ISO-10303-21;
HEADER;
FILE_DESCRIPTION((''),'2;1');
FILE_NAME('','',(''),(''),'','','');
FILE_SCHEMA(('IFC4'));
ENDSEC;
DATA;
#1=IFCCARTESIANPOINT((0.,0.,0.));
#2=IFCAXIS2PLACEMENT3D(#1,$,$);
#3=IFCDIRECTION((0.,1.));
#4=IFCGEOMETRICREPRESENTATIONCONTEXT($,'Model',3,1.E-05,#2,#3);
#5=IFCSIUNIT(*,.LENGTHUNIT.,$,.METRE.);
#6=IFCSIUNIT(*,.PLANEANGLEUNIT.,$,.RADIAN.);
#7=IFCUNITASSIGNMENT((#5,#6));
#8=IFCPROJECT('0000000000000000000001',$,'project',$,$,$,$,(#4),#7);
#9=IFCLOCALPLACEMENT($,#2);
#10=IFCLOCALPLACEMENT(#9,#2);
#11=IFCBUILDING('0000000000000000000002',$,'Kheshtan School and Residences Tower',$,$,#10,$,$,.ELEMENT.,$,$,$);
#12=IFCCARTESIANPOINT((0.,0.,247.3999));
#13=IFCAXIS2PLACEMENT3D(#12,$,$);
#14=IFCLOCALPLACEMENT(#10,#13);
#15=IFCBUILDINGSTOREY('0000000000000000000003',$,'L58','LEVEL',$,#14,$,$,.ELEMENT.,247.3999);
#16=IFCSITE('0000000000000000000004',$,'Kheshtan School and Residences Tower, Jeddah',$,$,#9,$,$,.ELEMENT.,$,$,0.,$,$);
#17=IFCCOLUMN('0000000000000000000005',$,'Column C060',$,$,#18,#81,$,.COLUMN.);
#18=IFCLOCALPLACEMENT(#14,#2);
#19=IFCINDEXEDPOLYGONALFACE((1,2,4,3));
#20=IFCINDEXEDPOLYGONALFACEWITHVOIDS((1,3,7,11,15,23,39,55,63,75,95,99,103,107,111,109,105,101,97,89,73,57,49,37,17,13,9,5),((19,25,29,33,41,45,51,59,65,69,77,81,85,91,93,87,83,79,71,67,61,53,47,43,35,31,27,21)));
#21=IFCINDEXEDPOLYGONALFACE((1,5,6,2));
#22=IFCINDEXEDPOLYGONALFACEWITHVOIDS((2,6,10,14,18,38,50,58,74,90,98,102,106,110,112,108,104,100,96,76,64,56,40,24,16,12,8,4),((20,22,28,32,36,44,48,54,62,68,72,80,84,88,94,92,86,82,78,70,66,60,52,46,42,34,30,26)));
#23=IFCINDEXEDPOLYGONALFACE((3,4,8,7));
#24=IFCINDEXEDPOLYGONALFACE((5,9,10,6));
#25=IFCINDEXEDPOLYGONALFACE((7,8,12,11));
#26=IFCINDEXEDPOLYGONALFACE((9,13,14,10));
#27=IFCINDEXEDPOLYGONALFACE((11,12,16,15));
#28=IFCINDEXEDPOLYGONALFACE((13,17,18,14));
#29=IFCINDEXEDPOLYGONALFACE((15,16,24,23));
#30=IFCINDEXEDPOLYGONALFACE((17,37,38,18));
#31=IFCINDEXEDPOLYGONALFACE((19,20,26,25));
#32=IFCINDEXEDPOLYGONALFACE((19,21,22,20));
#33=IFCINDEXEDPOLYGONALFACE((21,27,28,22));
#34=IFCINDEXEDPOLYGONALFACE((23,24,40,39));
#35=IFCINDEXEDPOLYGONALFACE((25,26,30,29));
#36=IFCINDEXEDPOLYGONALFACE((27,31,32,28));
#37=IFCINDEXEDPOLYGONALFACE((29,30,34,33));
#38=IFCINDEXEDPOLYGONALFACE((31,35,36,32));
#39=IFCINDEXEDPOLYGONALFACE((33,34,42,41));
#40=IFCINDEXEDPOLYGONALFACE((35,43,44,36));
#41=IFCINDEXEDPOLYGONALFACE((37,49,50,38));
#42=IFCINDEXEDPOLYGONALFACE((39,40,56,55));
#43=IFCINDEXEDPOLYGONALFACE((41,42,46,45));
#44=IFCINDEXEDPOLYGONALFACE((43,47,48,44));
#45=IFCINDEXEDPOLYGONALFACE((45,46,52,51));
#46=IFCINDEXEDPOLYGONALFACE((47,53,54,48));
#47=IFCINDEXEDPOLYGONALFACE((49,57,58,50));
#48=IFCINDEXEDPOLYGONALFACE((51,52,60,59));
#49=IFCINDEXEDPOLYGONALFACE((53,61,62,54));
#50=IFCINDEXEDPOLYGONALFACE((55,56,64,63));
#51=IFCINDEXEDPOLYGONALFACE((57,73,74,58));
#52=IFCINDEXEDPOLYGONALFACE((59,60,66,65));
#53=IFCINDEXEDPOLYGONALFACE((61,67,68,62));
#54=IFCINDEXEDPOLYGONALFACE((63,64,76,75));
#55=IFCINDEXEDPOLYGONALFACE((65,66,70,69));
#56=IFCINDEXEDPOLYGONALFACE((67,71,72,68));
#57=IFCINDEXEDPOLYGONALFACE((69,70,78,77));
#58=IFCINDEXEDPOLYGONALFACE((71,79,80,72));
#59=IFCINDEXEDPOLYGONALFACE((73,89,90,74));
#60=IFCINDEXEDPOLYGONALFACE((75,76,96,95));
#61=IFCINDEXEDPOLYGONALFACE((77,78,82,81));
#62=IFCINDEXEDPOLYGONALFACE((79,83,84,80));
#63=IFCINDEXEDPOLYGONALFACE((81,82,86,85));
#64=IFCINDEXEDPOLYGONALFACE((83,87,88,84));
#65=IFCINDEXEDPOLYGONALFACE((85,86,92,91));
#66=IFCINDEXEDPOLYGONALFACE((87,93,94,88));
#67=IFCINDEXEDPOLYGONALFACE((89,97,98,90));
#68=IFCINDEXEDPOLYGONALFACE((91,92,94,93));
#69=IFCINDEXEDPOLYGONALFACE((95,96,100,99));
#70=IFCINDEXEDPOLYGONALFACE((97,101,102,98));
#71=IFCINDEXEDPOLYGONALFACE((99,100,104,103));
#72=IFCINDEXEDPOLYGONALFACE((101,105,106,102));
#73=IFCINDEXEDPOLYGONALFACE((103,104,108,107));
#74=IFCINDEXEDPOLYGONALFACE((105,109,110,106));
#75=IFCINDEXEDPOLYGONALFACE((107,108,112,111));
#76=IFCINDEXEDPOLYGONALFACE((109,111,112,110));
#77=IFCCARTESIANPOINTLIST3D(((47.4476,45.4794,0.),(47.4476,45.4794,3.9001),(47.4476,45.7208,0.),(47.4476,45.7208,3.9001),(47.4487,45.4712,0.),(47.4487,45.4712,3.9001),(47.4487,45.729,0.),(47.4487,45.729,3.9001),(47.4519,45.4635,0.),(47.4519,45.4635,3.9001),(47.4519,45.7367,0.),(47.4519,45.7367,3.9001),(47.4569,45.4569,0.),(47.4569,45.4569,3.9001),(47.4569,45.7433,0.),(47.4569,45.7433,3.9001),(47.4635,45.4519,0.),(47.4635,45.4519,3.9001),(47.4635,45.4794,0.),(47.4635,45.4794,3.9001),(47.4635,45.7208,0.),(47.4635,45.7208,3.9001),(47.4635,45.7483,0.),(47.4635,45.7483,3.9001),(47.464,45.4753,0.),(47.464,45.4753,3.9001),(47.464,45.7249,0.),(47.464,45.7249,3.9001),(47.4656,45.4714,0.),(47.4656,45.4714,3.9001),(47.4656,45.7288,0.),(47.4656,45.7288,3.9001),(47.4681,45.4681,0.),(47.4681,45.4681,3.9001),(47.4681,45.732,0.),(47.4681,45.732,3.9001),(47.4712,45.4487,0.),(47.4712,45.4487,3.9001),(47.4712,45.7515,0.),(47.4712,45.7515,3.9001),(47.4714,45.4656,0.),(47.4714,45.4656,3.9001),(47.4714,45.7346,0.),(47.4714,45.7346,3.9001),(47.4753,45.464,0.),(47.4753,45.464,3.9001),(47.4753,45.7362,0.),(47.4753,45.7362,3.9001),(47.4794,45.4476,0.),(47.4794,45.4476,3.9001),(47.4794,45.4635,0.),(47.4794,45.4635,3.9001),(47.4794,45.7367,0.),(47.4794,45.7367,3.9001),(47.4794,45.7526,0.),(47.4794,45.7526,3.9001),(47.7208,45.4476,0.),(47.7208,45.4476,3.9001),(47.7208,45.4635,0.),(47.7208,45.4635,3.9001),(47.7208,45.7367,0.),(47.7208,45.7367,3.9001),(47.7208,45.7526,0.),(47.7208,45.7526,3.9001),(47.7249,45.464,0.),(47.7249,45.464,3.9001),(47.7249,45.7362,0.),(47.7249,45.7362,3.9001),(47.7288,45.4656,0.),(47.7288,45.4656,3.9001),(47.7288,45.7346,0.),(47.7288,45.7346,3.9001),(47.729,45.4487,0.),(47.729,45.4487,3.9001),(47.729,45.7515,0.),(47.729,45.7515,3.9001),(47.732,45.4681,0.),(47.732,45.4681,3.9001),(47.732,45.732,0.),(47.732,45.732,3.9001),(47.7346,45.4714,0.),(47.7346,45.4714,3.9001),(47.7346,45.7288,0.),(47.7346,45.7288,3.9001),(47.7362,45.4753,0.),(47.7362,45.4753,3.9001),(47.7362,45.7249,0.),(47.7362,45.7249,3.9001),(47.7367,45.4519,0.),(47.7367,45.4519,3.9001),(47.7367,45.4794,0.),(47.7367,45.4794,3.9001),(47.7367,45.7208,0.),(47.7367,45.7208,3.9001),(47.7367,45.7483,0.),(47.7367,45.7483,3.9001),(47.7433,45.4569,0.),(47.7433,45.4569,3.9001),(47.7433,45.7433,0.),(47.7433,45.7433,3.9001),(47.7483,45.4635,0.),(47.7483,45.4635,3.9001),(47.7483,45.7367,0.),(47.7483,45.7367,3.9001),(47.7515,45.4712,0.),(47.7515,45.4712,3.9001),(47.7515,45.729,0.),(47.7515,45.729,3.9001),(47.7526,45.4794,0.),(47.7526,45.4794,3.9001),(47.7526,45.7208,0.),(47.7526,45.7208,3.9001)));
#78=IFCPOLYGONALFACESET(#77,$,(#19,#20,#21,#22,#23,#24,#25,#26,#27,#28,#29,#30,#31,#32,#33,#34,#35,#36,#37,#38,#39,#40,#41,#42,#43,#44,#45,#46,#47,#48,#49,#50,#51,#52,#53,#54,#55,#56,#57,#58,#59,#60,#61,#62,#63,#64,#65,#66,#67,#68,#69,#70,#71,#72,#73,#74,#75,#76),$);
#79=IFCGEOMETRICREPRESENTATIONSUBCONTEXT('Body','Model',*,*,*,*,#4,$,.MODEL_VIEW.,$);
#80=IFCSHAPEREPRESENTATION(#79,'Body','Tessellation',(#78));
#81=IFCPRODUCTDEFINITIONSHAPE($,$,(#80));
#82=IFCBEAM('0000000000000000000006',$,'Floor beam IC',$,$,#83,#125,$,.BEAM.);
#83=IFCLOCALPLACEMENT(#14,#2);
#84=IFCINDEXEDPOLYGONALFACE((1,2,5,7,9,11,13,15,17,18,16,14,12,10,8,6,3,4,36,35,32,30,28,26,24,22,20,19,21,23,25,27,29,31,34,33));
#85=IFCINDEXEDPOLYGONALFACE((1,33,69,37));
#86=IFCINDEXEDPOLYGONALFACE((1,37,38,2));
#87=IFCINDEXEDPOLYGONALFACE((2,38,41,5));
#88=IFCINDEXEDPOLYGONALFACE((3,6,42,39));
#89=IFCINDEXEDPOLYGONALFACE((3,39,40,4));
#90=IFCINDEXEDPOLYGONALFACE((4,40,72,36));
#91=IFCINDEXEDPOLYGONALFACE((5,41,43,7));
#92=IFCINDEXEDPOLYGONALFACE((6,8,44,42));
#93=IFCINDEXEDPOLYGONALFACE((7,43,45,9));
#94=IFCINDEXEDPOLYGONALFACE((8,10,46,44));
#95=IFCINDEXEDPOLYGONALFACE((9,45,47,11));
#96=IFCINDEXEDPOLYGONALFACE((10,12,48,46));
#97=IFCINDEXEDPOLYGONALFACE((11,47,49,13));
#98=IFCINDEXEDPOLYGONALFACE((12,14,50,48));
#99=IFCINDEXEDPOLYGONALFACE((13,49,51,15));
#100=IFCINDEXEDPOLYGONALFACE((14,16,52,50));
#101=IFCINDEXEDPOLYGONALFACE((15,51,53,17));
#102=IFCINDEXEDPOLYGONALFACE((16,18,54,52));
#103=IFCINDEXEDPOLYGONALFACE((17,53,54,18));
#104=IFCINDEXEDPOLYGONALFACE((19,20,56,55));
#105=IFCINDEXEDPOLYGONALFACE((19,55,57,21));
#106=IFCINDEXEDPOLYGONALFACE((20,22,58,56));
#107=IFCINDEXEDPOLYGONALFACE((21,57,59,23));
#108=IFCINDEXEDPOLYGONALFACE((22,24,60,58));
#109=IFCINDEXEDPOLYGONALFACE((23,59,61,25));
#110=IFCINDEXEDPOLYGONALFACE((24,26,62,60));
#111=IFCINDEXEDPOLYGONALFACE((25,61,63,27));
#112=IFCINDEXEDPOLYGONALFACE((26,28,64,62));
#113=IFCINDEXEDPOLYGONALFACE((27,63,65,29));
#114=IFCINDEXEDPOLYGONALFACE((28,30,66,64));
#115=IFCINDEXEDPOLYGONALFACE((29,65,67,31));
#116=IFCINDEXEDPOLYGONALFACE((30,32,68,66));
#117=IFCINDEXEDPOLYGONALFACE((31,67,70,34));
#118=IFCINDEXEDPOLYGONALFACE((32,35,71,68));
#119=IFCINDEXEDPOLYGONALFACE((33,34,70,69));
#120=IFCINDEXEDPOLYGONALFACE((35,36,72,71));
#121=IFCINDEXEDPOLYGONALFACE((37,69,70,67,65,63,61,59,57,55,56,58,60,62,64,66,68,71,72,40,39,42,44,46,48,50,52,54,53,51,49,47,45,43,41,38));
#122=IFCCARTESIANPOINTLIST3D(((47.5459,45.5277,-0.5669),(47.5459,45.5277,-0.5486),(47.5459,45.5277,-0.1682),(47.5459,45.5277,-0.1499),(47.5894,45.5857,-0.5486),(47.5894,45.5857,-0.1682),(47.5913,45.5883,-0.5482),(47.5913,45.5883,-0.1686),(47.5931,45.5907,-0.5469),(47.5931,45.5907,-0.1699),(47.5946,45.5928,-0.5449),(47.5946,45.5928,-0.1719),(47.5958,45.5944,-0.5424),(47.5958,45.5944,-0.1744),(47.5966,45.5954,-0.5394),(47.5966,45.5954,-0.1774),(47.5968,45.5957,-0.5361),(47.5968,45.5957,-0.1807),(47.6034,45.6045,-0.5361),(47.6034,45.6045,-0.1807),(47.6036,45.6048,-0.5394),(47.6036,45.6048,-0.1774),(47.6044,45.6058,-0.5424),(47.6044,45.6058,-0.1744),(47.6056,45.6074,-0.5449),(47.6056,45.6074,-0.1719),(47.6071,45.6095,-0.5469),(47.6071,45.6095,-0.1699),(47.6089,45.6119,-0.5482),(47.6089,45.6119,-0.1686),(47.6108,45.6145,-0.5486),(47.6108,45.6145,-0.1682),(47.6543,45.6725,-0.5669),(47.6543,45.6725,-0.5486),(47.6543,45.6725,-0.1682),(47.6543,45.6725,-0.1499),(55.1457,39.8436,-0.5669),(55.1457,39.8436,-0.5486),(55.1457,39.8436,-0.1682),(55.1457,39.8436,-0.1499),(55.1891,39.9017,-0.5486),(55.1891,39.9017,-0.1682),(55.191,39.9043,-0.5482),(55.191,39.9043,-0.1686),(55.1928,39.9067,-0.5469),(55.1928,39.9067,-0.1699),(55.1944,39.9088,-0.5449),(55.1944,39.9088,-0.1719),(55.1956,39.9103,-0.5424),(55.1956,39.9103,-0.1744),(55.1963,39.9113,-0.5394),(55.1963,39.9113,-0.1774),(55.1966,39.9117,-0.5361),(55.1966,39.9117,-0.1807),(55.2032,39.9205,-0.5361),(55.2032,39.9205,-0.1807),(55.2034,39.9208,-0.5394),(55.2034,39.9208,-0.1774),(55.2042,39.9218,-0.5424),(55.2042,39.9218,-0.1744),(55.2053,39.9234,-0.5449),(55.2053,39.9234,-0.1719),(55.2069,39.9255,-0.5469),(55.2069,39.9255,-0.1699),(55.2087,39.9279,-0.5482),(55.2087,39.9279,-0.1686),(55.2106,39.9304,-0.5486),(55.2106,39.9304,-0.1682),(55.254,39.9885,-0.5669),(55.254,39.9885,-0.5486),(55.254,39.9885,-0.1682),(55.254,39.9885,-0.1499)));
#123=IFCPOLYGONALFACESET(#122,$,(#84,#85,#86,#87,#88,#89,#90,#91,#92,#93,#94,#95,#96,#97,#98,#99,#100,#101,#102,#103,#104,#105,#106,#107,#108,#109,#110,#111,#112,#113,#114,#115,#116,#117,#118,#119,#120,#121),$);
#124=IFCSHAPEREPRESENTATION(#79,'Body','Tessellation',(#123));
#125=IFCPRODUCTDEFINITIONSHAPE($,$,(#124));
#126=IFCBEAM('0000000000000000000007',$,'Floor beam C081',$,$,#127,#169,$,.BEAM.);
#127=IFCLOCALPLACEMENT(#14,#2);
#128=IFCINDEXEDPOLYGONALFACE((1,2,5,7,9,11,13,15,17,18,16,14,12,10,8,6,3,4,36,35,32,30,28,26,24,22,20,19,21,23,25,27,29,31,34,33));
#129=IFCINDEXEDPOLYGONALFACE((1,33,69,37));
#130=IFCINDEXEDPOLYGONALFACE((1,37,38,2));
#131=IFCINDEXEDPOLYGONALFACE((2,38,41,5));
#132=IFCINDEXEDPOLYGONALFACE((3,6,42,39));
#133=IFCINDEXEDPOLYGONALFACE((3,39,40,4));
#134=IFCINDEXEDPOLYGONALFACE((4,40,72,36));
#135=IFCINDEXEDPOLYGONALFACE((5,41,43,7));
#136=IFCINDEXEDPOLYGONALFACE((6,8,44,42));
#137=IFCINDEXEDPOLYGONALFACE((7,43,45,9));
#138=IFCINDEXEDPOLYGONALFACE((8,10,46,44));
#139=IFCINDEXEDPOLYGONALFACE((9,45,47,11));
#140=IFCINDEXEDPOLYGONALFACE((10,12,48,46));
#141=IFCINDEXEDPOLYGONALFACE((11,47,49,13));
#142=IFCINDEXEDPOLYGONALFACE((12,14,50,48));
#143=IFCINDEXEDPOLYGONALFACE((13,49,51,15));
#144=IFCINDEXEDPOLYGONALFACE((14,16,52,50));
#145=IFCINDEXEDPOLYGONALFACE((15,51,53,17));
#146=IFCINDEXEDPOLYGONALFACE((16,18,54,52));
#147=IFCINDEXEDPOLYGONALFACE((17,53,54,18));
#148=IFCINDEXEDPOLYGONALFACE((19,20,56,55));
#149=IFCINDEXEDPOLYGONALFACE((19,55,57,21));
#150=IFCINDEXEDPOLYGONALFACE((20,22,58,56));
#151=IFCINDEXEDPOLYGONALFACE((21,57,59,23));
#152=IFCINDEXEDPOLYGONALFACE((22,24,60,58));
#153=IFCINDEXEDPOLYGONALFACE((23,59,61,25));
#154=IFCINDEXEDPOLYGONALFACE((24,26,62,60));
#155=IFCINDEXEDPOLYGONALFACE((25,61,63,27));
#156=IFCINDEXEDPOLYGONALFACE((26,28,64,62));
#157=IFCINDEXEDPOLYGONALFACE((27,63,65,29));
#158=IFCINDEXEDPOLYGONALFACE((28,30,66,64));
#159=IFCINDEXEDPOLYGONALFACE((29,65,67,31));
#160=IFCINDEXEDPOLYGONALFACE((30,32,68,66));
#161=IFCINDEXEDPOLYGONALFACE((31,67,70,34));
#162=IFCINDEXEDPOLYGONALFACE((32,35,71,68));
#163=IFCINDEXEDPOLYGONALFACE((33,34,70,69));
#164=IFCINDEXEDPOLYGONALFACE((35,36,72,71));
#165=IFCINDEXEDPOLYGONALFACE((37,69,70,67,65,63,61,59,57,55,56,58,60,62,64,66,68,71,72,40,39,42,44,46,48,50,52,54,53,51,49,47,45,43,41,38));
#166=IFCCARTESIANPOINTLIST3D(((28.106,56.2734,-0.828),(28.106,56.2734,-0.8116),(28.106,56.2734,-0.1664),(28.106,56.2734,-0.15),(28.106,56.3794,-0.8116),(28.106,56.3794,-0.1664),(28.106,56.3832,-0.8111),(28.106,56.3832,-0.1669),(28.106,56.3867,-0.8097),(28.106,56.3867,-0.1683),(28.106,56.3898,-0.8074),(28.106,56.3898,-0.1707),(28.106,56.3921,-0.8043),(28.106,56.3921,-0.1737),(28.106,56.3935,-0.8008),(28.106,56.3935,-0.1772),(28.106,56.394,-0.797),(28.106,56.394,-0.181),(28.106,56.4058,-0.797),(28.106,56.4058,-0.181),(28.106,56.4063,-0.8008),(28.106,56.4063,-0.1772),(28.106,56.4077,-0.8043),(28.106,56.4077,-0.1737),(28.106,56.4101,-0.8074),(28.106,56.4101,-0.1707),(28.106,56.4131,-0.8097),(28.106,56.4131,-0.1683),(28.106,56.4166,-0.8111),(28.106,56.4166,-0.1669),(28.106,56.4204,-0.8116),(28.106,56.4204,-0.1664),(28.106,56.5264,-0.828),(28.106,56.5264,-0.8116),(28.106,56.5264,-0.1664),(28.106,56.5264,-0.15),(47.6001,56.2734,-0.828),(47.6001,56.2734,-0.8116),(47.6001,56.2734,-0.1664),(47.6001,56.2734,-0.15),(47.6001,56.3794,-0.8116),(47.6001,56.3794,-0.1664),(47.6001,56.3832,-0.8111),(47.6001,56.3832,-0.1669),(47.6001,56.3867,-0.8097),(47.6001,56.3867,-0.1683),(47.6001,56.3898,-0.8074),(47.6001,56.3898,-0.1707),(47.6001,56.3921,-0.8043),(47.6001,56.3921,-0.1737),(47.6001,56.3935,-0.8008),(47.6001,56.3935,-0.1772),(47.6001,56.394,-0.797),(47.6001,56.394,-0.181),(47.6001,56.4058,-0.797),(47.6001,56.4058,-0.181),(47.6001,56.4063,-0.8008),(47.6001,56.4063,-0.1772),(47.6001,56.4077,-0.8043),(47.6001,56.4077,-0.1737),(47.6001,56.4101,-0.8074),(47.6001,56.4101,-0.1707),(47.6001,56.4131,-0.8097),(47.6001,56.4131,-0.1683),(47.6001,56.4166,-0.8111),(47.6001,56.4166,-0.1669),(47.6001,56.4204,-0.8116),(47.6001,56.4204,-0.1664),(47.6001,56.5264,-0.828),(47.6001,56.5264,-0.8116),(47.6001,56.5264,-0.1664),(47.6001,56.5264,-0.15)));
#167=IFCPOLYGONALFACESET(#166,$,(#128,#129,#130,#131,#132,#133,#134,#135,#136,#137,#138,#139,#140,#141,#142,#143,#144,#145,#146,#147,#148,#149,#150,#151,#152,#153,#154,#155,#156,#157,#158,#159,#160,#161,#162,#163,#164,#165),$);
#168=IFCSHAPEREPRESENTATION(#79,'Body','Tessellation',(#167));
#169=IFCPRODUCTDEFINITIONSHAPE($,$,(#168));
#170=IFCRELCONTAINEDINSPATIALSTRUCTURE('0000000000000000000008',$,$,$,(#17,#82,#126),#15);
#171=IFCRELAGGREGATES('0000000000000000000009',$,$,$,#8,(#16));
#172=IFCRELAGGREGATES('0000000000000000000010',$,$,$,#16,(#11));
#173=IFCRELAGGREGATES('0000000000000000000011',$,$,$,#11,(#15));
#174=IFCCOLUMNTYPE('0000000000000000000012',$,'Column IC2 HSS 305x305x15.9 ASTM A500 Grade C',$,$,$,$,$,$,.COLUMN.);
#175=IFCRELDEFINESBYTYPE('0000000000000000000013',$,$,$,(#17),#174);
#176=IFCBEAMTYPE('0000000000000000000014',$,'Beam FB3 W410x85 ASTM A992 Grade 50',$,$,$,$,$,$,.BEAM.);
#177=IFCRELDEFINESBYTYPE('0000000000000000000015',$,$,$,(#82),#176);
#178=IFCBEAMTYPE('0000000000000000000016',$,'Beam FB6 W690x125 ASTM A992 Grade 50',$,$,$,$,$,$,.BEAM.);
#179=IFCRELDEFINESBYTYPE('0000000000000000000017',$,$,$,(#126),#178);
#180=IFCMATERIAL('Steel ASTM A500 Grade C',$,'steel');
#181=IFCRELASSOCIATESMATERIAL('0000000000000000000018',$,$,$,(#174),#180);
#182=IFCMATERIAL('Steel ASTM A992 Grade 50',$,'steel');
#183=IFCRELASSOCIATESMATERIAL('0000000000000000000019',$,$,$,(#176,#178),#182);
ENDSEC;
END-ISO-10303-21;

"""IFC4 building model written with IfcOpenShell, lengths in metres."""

from ifc_helpers import new_model, si_unit, direction, frame, origin, origin_2d, place, context, subcontext, project, spatial, hollow_rectangle, i_section, extrude, material, material_profile, profile_set, type_object, element, save


model = new_model("IFC4")

# Units and contexts
model_context = context("Model", 3, precision=1e-05, world=origin(), true_north=direction((0.0, 1.0)))
body_context = subcontext(model_context, "Body", "Model", "MODEL_VIEW")
ifc_project = project(units=[si_unit("LENGTHUNIT", "METRE"), si_unit("PLANEANGLEUNIT", "RADIAN")], contexts=[model_context])

# Site, building, storey
site_placement = place(None, origin())
site = spatial("IfcSite", under=ifc_project, at=site_placement, Name="Kheshtan School and Residences Tower, Jeddah", CompositionType="ELEMENT", RefElevation=0.0)
building_placement = place(site_placement, origin())
building = spatial("IfcBuilding", under=site, at=building_placement, Name="Kheshtan School and Residences Tower", CompositionType="ELEMENT")
storey_placement = place(building_placement, frame((0.0, 0.0, 247.3999)))
storey = spatial("IfcBuildingStorey", under=building, at=storey_placement, Name="L58", Description="LEVEL", CompositionType="ELEMENT", Elevation=247.3999)

# Column
ifc_material_1 = material(Name="Steel ASTM A992 Grade 50", Category="steel")
ifc_material_2 = material(Name="Steel ASTM A500 Grade C", Category="steel")
ifc_material_profile_1 = material_profile(ifc_material_2, hollow_rectangle(XDim=0.3049, YDim=0.3049, WallThickness=0.0159, InnerFilletRadius=0.0159, OuterFilletRadius=0.0317, at=origin_2d()), Name="HSS 305x305x15.9")
ifc_profile_set_1 = profile_set([ifc_material_profile_1], Name="Steel ASTM A500 Grade C")
column_type_1 = type_object("IfcColumnType", Name="Column IC2 HSS 305x305x15.9 ASTM A500 Grade C", PredefinedType="COLUMN", material=ifc_profile_set_1)
column_placement = place(storey_placement, frame((47.6001, 45.6001, 0.0), z_axis=(0.0, 0.0, 1.0), x_axis=(1.0, 0.0, 0.0)))
element("IfcColumn", 1, at=column_placement, inside=storey, type_object=column_type_1, Name="Column C060", PredefinedType="COLUMN", context=body_context, shape_type="SweptSolid", body=[
    extrude(hollow_rectangle(XDim=0.3049, YDim=0.3049, WallThickness=0.0159, InnerFilletRadius=0.0159, OuterFilletRadius=0.0317, at=origin_2d()), origin(), (0.0, 0.0, 1.0), 3.9001),
])

# Beams
ifc_material_profile_2 = material_profile(ifc_material_1, i_section(OverallWidth=0.1809, OverallDepth=0.417, WebThickness=0.011, FlangeThickness=0.0183, FilletRadius=0.0125, at=origin_2d()), Name="W410x85")
ifc_profile_set_2 = profile_set([ifc_material_profile_2], Name="Steel ASTM A992 Grade 50")
beam_type_1 = type_object("IfcBeamType", Name="Beam FB3 W410x85 ASTM A992 Grade 50", PredefinedType="BEAM", material=ifc_profile_set_2)
beam_1_placement = place(storey_placement, frame((47.6001, 45.6001, -0.3584), z_axis=(0.800799, -0.598933, 0.0), x_axis=(0.598933, 0.800799, 0.0)))
element("IfcBeam", 2, at=beam_1_placement, inside=storey, type_object=beam_type_1, Name="Floor beam IC", PredefinedType="BEAM", context=body_context, shape_type="SweptSolid", body=[
    extrude(i_section(OverallWidth=0.1809, OverallDepth=0.417, WebThickness=0.011, FlangeThickness=0.0183, FilletRadius=0.0125, at=origin_2d()), origin(), (0.0, 0.0, 1.0), 9.4902),
])
ifc_material_profile_3 = material_profile(ifc_material_1, i_section(OverallWidth=0.2529, OverallDepth=0.678, WebThickness=0.0117, FlangeThickness=0.0164, FilletRadius=0.0146, at=origin_2d()), Name="W690x125")
ifc_profile_set_3 = profile_set([ifc_material_profile_3], Name="Steel ASTM A992 Grade 50")
beam_type_2 = type_object("IfcBeamType", Name="Beam FB6 W690x125 ASTM A992 Grade 50", PredefinedType="BEAM", material=ifc_profile_set_3)
beam_2_placement = place(storey_placement, frame((47.6001, 56.3999, -0.489), z_axis=(-1.0, 0.0, 0.0), x_axis=(0.0, -1.0, 0.0)))
element("IfcBeam", 3, at=beam_2_placement, inside=storey, type_object=beam_type_2, Name="Floor beam C081", PredefinedType="BEAM", context=body_context, shape_type="SweptSolid", body=[
    extrude(i_section(OverallWidth=0.2529, OverallDepth=0.678, WebThickness=0.0117, FlangeThickness=0.0164, FilletRadius=0.0146, at=origin_2d()), origin(), (0.0, 0.0, 1.0), 19.4941),
])

save(model, "model.ifc")
